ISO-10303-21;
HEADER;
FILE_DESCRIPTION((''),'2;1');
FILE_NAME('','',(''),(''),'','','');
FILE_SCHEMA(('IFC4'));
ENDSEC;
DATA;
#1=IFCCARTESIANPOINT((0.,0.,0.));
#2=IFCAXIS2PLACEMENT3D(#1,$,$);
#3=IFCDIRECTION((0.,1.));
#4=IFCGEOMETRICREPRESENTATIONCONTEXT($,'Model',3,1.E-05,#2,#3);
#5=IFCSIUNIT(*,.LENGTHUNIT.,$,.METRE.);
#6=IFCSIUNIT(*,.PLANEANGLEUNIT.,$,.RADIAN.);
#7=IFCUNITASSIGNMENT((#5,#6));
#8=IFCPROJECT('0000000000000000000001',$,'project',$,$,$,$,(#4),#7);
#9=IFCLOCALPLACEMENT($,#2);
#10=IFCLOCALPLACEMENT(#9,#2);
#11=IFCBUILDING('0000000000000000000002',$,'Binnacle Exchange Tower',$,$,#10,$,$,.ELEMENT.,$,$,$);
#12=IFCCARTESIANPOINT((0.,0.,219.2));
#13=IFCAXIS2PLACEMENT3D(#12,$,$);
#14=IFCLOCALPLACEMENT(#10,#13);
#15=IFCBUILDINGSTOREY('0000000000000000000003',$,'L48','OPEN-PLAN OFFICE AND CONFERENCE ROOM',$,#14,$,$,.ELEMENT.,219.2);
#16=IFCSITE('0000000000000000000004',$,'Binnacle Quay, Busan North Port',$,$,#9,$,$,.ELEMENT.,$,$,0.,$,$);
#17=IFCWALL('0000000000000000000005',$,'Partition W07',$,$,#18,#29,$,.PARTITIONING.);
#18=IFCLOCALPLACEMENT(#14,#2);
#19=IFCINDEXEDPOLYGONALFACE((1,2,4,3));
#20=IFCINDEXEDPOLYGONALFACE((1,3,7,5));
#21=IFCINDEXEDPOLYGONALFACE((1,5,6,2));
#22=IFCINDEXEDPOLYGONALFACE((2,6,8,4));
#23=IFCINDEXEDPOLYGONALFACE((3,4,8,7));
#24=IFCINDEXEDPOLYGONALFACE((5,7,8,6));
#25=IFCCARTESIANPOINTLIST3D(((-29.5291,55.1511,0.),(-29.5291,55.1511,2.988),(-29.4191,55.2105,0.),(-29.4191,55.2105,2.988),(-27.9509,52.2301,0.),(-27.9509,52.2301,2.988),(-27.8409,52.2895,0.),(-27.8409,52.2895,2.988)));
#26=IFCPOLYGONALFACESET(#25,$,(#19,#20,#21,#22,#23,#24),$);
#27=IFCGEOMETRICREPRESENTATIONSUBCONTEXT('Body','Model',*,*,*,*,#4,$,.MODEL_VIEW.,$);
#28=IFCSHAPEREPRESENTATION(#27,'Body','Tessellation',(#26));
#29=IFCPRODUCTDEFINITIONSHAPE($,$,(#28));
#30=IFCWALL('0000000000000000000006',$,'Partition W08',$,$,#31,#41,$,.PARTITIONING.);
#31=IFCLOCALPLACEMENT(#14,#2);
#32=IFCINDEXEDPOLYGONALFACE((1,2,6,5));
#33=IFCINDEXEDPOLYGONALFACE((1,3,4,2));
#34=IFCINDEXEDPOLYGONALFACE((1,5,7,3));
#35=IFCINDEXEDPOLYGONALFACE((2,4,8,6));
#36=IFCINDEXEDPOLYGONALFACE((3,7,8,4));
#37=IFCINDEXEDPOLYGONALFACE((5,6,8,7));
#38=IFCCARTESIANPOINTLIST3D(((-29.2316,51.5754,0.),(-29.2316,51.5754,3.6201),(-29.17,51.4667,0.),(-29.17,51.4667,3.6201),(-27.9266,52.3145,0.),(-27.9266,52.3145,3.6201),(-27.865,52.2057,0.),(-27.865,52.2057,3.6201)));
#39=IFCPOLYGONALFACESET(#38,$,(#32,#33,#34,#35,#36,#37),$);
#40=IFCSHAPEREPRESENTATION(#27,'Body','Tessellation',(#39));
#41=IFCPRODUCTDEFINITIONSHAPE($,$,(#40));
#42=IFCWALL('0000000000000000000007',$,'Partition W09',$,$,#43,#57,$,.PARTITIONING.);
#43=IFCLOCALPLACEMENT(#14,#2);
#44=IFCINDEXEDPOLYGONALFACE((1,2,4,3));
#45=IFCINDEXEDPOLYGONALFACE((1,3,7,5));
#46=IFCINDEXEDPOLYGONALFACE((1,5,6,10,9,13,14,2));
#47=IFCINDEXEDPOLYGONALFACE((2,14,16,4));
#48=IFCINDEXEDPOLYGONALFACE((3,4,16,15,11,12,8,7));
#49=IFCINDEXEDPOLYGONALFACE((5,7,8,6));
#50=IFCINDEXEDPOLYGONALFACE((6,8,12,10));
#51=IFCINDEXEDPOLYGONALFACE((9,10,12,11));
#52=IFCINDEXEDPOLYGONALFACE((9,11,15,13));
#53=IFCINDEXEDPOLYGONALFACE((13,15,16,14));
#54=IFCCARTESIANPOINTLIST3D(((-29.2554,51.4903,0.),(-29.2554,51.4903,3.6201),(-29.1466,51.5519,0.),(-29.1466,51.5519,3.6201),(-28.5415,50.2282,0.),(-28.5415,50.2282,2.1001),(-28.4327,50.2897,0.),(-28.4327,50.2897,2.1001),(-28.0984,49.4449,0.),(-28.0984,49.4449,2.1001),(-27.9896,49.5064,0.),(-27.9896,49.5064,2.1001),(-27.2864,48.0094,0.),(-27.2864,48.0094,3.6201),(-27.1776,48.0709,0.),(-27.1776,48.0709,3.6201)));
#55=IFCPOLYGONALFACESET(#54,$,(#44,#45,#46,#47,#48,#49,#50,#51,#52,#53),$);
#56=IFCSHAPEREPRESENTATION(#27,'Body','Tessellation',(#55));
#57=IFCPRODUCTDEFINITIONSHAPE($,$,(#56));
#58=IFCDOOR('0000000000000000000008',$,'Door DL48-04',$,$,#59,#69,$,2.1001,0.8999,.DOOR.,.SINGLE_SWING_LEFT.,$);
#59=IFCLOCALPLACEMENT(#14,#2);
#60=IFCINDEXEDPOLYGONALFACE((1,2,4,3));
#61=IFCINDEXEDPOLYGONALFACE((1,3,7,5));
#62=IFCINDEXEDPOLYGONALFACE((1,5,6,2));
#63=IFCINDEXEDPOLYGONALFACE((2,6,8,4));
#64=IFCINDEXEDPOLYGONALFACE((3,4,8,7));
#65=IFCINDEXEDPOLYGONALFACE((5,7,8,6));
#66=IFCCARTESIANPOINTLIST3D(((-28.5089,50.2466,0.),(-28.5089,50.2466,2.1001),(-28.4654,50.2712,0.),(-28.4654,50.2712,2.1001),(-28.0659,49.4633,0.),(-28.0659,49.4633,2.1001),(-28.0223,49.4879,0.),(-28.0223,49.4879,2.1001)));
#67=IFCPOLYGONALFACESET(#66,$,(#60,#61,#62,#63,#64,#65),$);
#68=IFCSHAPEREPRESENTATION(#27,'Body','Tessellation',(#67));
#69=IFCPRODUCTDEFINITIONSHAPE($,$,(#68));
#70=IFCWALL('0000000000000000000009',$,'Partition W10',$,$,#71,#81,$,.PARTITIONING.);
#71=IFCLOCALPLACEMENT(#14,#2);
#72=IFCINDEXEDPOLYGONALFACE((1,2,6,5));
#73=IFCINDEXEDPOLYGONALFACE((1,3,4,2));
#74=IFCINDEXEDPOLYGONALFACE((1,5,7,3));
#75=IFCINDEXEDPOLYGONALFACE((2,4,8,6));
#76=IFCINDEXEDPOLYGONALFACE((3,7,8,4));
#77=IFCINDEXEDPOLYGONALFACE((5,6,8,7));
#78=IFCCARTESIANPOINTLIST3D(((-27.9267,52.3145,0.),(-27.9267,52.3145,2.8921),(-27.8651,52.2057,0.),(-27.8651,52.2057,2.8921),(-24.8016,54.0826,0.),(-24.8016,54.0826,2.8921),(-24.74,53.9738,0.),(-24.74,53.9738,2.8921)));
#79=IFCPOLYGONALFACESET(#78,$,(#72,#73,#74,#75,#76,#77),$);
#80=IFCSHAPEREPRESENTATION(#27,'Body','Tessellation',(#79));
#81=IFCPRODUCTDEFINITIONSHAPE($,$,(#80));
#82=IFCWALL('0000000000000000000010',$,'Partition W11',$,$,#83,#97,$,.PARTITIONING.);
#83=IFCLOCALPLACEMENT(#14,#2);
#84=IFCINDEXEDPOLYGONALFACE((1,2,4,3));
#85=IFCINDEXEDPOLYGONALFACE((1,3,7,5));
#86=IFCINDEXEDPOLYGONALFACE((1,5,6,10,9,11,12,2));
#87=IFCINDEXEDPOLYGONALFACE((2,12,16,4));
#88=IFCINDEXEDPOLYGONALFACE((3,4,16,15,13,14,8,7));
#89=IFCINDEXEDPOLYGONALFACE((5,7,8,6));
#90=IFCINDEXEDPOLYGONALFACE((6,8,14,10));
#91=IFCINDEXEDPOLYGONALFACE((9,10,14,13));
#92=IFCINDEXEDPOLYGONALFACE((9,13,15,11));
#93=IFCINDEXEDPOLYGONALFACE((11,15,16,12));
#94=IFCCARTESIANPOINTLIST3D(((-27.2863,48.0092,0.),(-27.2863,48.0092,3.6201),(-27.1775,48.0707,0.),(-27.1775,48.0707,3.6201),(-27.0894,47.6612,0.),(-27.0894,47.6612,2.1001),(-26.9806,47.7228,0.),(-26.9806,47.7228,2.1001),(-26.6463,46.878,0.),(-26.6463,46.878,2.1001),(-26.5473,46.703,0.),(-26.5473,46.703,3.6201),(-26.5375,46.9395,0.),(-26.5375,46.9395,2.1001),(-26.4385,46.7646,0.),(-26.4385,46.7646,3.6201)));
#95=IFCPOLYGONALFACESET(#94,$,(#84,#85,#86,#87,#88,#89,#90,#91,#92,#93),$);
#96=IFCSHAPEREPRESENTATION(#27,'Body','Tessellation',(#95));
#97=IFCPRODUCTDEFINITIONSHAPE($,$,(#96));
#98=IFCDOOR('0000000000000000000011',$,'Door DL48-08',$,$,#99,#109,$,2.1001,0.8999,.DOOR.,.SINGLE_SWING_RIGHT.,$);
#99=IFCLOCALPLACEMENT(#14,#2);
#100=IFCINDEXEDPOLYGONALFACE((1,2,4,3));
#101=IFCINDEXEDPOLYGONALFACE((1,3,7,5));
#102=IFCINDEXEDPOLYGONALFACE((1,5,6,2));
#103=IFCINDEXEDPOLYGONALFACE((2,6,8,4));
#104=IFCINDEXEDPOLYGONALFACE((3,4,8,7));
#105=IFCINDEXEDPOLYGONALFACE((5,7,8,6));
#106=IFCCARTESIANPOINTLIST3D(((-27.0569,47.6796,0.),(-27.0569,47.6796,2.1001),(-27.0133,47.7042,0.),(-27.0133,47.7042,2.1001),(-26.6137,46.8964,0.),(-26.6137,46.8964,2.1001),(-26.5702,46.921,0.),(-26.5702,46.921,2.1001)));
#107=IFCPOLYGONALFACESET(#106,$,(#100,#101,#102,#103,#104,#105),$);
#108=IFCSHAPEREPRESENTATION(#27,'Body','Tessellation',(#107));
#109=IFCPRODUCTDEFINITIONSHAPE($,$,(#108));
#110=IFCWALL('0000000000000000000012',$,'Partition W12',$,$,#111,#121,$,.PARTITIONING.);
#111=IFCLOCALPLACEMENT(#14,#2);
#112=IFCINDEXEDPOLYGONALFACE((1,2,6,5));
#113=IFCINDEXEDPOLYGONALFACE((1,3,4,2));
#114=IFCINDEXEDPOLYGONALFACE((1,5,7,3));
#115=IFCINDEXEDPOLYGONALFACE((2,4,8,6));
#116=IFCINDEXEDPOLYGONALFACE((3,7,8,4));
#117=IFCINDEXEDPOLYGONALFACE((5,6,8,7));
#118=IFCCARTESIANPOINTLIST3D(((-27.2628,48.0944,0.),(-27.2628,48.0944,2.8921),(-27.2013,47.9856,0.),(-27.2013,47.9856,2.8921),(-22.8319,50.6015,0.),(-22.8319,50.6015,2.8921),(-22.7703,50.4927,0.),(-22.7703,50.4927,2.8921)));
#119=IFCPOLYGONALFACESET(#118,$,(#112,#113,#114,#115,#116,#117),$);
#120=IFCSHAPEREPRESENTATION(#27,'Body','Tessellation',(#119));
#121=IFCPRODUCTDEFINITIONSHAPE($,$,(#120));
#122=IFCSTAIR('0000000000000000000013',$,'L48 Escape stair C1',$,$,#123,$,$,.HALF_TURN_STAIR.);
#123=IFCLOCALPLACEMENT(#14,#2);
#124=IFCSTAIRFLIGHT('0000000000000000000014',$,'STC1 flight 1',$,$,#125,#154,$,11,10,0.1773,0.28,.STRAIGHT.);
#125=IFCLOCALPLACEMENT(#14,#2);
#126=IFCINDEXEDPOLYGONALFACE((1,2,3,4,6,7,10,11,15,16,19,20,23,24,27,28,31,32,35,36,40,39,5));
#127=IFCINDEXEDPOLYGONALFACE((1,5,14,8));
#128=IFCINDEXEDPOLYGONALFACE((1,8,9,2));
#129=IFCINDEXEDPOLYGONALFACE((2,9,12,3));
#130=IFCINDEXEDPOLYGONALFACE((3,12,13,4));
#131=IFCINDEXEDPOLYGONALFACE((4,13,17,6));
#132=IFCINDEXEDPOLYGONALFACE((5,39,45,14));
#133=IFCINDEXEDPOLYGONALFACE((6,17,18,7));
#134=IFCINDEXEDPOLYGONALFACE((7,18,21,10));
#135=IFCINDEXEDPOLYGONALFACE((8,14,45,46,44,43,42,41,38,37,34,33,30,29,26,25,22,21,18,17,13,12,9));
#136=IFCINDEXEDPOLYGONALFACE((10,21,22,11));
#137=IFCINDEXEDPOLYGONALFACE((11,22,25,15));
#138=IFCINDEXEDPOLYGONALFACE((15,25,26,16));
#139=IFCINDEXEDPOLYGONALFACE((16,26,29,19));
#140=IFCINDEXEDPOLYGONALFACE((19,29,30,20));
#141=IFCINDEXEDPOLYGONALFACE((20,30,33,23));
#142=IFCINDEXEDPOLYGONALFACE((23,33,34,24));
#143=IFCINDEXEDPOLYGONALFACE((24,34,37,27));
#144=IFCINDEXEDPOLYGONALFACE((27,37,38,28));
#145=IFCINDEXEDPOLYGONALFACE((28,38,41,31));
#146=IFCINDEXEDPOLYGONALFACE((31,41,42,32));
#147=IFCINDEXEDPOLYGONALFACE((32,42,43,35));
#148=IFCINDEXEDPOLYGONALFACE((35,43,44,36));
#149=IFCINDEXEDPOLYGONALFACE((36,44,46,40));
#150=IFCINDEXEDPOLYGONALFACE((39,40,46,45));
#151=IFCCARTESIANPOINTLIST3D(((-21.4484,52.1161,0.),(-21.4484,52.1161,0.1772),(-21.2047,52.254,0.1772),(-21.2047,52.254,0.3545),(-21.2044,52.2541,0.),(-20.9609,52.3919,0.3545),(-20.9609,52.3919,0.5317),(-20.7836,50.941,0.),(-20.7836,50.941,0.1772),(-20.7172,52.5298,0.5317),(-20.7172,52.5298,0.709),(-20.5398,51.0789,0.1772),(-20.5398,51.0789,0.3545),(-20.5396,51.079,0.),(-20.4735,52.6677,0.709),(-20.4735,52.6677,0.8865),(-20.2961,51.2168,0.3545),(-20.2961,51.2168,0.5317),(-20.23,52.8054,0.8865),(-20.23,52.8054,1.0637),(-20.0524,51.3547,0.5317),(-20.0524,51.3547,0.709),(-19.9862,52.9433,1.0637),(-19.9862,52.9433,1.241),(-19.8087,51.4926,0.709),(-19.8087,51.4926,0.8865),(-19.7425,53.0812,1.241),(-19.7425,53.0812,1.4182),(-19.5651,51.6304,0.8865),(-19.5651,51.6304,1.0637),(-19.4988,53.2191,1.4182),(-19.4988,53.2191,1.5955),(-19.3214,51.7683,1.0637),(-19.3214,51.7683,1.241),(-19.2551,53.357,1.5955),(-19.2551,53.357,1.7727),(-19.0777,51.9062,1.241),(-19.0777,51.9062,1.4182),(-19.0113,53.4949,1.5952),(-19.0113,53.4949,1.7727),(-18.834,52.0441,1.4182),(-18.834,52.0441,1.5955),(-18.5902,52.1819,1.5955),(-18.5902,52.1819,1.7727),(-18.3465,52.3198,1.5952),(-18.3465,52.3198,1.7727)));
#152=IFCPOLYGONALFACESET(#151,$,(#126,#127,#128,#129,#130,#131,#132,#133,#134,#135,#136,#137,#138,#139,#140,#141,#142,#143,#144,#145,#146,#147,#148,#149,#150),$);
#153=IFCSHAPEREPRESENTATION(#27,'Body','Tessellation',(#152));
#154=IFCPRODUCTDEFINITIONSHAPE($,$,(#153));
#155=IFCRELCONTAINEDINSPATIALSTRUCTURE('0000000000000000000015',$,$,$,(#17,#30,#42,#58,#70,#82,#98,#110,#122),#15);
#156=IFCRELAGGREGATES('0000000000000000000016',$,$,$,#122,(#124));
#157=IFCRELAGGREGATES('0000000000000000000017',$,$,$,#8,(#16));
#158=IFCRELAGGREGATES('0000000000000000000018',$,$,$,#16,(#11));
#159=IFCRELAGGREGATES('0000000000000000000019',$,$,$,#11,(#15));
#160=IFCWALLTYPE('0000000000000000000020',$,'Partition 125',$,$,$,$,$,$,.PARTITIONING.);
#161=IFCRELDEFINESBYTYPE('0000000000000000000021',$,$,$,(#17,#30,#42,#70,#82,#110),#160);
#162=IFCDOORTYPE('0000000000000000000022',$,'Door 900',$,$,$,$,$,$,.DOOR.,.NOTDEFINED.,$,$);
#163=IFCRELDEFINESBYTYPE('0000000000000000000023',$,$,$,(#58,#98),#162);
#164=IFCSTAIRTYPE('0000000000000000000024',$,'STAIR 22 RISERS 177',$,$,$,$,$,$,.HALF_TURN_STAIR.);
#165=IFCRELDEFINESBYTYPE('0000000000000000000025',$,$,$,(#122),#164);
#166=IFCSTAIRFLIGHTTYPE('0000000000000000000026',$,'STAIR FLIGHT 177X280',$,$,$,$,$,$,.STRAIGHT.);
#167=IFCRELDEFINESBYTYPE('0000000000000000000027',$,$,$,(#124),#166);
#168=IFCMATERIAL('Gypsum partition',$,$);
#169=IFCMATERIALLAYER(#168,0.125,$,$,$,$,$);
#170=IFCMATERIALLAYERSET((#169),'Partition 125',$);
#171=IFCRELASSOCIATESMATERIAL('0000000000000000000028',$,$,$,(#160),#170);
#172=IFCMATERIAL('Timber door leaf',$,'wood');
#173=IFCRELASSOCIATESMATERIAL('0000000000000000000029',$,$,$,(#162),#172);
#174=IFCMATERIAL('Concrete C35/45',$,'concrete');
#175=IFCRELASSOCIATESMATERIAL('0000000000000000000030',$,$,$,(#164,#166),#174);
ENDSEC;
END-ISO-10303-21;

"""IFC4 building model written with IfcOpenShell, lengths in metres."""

from ifc_helpers import new_model, si_unit, direction, frame, frame_2d, origin, place, context, subcontext, project, spatial, polyline, rectangle, outline, extrude, material, layer, layer_set, type_object, element, fill, aggregate, save


model = new_model("IFC4")

# Units and contexts
model_context = context("Model", 3, precision=1e-05, world=origin(), true_north=direction((0.0, 1.0)))
body_context = subcontext(model_context, "Body", "Model", "MODEL_VIEW")
ifc_project = project(units=[si_unit("LENGTHUNIT", "METRE"), si_unit("PLANEANGLEUNIT", "RADIAN")], contexts=[model_context])

# Site, building, storey
site_placement = place(None, origin())
site = spatial("IfcSite", under=ifc_project, at=site_placement, Name="Binnacle Quay, Busan North Port", CompositionType="ELEMENT", RefElevation=0.0)
building_placement = place(site_placement, origin())
building = spatial("IfcBuilding", under=site, at=building_placement, Name="Binnacle Exchange Tower", CompositionType="ELEMENT")
storey_placement = place(building_placement, frame((0.0, 0.0, 219.2)))
storey = spatial("IfcBuildingStorey", under=building, at=storey_placement, Name="L48", Description="OPEN-PLAN OFFICE AND CONFERENCE ROOM", CompositionType="ELEMENT", Elevation=219.2)

# Walls
ifc_material_1 = material(Name="Gypsum partition")
ifc_layer_1 = layer(ifc_material_1, 0.125)
ifc_layer_set_1 = layer_set([ifc_layer_1], Name="Partition 125")
wall_type_1 = type_object("IfcWallType", Name="Partition 125", PredefinedType="PARTITIONING", material=ifc_layer_set_1)
wall_1_placement = place(storey_placement, frame((-29.4741, 55.1809, 0.0), z_axis=(0.0, 0.0, 1.0), x_axis=(0.475345, -0.8798, 0.0)))
element("IfcWall", 1, at=wall_1_placement, inside=storey, type_object=wall_type_1, Name="Partition W07", PredefinedType="PARTITIONING", context=body_context, shape_type="SweptSolid", body=[
    extrude(rectangle(XDim=3.3201, YDim=0.125, at=frame_2d((1.6602, 0.0))), origin(), (0.0, 0.0, 1.0), 2.988),
])
wall_2_placement = place(storey_placement, frame((-29.2009, 51.521, 0.0), z_axis=(0.0, 0.0, 1.0), x_axis=(0.87015, 0.492787, 0.0)))
element("IfcWall", 2, at=wall_2_placement, inside=storey, type_object=wall_type_1, Name="Partition W08", PredefinedType="PARTITIONING", context=body_context, shape_type="SweptSolid", body=[
    extrude(rectangle(XDim=1.4998, YDim=0.125, at=frame_2d((0.75, 0.0))), origin(), (0.0, 0.0, 1.0), 3.6201),
])

# Wall, opening, door
wall_3_placement = place(storey_placement, frame((-29.2009, 51.521, 0.0), z_axis=(0.0, 0.0, 1.0), x_axis=(0.492341, -0.870402, 0.0)))
wall_3 = element("IfcWall", 3, at=wall_3_placement, inside=storey, type_object=wall_type_1, Name="Partition W09", PredefinedType="PARTITIONING", context=body_context, shape_type="SweptSolid", body=[
    extrude(rectangle(XDim=3.9993, YDim=0.125, at=frame_2d((1.9995, 0.0))), origin(), (0.0, 0.0, 1.0), 3.6201),
])
opening_1_placement = place(wall_3_placement, frame((1.45, 0.0, 0.0)))
opening_1 = element("IfcOpeningElement", 4, at=opening_1_placement, cuts=wall_3, PredefinedType="OPENING", context=body_context, shape_type="SweptSolid", body=[
    extrude(rectangle(XDim=0.8999, YDim=2.1001, at=frame_2d((0.45, 1.05))), frame((0.0, 0.0725, 0.0), z_axis=(0.0, -1.0, 0.0), x_axis=(1.0, 0.0, 0.0)), (0.0, 0.0, 1.0), 0.145),
])
ifc_material_2 = material(Name="Timber door leaf", Category="wood")
door_type_1 = type_object("IfcDoorType", Name="Door 900", OperationType="NOTDEFINED", PredefinedType="DOOR", material=ifc_material_2)
door_1_placement = place(opening_1_placement, origin())
door_1 = element("IfcDoor", 5, at=door_1_placement, inside=storey, type_object=door_type_1, Name="Door DL48-04", OperationType="SINGLE_SWING_LEFT", OverallHeight=2.1001, OverallWidth=0.8999, PredefinedType="DOOR", context=body_context, shape_type="SweptSolid", body=[
    extrude(rectangle(XDim=0.8999, YDim=2.1001, at=frame_2d((0.45, 1.05))), frame((0.0, 0.0249, 0.0), z_axis=(0.0, -1.0, 0.0), x_axis=(1.0, 0.0, 0.0)), (0.0, 0.0, 1.0), 0.05),
])
fill(opening_1, door_1)

# Wall
wall_4_placement = place(storey_placement, frame((-27.896, 52.26, 0.0), z_axis=(0.0, 0.0, 1.0), x_axis=(0.870353, 0.492429, 0.0)))
element("IfcWall", 6, at=wall_4_placement, inside=storey, type_object=wall_type_1, Name="Partition W10", PredefinedType="PARTITIONING", context=body_context, shape_type="SweptSolid", body=[
    extrude(rectangle(XDim=3.5906, YDim=0.125, at=frame_2d((1.7954, 0.0))), origin(), (0.0, 0.0, 1.0), 2.8921),
])

# Wall, opening, door
wall_5_placement = place(storey_placement, frame((-27.2319, 48.04, 0.0), z_axis=(0.0, 0.0, 1.0), x_axis=(0.492438, -0.870348, 0.0)))
wall_5 = element("IfcWall", 7, at=wall_5_placement, inside=storey, type_object=wall_type_1, Name="Partition W11", PredefinedType="PARTITIONING", context=body_context, shape_type="SweptSolid", body=[
    extrude(rectangle(XDim=1.5007, YDim=0.125, at=frame_2d((0.7505, 0.0))), origin(), (0.0, 0.0, 1.0), 3.6201),
])
opening_2_placement = place(wall_5_placement, frame((0.3999, 0.0, 0.0)))
opening_2 = element("IfcOpeningElement", 8, at=opening_2_placement, cuts=wall_5, PredefinedType="OPENING", context=body_context, shape_type="SweptSolid", body=[
    extrude(rectangle(XDim=0.8999, YDim=2.1001, at=frame_2d((0.45, 1.05))), frame((0.0, 0.0725, 0.0), z_axis=(0.0, -1.0, 0.0), x_axis=(1.0, 0.0, 0.0)), (0.0, 0.0, 1.0), 0.145),
])
door_2_placement = place(opening_2_placement, origin())
door_2 = element("IfcDoor", 9, at=door_2_placement, inside=storey, type_object=door_type_1, Name="Door DL48-08", OperationType="SINGLE_SWING_RIGHT", OverallHeight=2.1001, OverallWidth=0.8999, PredefinedType="DOOR", context=body_context, shape_type="SweptSolid", body=[
    extrude(rectangle(XDim=0.8999, YDim=2.1001, at=frame_2d((0.45, 1.05))), frame((0.0, 0.0249, 0.0), z_axis=(0.0, -1.0, 0.0), x_axis=(1.0, 0.0, 0.0)), (0.0, 0.0, 1.0), 0.05),
])
fill(opening_2, door_2)

# Wall
wall_6_placement = place(storey_placement, frame((-27.2319, 48.04, 0.0), z_axis=(0.0, 0.0, 1.0), x_axis=(0.870339, 0.492452, 0.0)))
element("IfcWall", 10, at=wall_6_placement, inside=storey, type_object=wall_type_1, Name="Partition W12", PredefinedType="PARTITIONING", context=body_context, shape_type="SweptSolid", body=[
    extrude(rectangle(XDim=5.0911, YDim=0.125, at=frame_2d((2.5454, 0.0))), origin(), (0.0, 0.0, 1.0), 2.8921),
])

# Stair, stair flight
ifc_material_3 = material(Name="Concrete C35/45", Category="concrete")
stair_type = type_object("IfcStairType", Name="STAIR 22 RISERS 177", PredefinedType="HALF_TURN_STAIR", material=ifc_material_3)
stair_placement = place(storey_placement, origin())
stair = element("IfcStair", 11, at=stair_placement, inside=storey, type_object=stair_type, Name="L48 Escape stair C1", PredefinedType="HALF_TURN_STAIR")
stair_flight_type = type_object("IfcStairFlightType", Name="STAIR FLIGHT 177X280", PredefinedType="STRAIGHT", material=ifc_material_3)
stair_flight_placement = place(storey_placement, frame((-21.116, 51.5286, 0.0), z_axis=(0.0, 0.0, 1.0), x_axis=(0.870356, 0.492424, 0.0)))
stair_flight = element("IfcStairFlight", 12, at=stair_flight_placement, type_object=stair_flight_type, Name="STC1 flight 1", NumberOfRisers=11, NumberOfTreads=10, PredefinedType="STRAIGHT", RiserHeight=0.1773, TreadLength=0.28, context=body_context, shape_type="SweptSolid", body=[
    extrude(outline(polyline([(0.0, 0.0), (0.0, 0.1772), (0.28, 0.1772), (0.28, 0.3545), (0.5601, 0.3545), (0.5601, 0.5317), (0.8401, 0.5317), (0.8401, 0.709), (1.1201, 0.709), (1.1201, 0.8865), (1.3999, 0.8865), (1.3999, 1.0637), (1.6799, 1.0637), (1.6799, 1.241), (1.96, 1.241), (1.96, 1.4182), (2.24, 1.4182), (2.24, 1.5955), (2.52, 1.5955), (2.52, 1.7727), (2.8, 1.7727), (2.8, 1.95), (2.8, 1.5952), (0.2803, 0.0), (0.0, 0.0)])), frame((0.0, 0.675, 0.0), z_axis=(0.0, -1.0, 0.0), x_axis=(1.0, 0.0, 0.0)), (0.0, 0.0, 1.0), 1.3501),
])
aggregate(stair, [stair_flight])

save(model, "model.ifc")
